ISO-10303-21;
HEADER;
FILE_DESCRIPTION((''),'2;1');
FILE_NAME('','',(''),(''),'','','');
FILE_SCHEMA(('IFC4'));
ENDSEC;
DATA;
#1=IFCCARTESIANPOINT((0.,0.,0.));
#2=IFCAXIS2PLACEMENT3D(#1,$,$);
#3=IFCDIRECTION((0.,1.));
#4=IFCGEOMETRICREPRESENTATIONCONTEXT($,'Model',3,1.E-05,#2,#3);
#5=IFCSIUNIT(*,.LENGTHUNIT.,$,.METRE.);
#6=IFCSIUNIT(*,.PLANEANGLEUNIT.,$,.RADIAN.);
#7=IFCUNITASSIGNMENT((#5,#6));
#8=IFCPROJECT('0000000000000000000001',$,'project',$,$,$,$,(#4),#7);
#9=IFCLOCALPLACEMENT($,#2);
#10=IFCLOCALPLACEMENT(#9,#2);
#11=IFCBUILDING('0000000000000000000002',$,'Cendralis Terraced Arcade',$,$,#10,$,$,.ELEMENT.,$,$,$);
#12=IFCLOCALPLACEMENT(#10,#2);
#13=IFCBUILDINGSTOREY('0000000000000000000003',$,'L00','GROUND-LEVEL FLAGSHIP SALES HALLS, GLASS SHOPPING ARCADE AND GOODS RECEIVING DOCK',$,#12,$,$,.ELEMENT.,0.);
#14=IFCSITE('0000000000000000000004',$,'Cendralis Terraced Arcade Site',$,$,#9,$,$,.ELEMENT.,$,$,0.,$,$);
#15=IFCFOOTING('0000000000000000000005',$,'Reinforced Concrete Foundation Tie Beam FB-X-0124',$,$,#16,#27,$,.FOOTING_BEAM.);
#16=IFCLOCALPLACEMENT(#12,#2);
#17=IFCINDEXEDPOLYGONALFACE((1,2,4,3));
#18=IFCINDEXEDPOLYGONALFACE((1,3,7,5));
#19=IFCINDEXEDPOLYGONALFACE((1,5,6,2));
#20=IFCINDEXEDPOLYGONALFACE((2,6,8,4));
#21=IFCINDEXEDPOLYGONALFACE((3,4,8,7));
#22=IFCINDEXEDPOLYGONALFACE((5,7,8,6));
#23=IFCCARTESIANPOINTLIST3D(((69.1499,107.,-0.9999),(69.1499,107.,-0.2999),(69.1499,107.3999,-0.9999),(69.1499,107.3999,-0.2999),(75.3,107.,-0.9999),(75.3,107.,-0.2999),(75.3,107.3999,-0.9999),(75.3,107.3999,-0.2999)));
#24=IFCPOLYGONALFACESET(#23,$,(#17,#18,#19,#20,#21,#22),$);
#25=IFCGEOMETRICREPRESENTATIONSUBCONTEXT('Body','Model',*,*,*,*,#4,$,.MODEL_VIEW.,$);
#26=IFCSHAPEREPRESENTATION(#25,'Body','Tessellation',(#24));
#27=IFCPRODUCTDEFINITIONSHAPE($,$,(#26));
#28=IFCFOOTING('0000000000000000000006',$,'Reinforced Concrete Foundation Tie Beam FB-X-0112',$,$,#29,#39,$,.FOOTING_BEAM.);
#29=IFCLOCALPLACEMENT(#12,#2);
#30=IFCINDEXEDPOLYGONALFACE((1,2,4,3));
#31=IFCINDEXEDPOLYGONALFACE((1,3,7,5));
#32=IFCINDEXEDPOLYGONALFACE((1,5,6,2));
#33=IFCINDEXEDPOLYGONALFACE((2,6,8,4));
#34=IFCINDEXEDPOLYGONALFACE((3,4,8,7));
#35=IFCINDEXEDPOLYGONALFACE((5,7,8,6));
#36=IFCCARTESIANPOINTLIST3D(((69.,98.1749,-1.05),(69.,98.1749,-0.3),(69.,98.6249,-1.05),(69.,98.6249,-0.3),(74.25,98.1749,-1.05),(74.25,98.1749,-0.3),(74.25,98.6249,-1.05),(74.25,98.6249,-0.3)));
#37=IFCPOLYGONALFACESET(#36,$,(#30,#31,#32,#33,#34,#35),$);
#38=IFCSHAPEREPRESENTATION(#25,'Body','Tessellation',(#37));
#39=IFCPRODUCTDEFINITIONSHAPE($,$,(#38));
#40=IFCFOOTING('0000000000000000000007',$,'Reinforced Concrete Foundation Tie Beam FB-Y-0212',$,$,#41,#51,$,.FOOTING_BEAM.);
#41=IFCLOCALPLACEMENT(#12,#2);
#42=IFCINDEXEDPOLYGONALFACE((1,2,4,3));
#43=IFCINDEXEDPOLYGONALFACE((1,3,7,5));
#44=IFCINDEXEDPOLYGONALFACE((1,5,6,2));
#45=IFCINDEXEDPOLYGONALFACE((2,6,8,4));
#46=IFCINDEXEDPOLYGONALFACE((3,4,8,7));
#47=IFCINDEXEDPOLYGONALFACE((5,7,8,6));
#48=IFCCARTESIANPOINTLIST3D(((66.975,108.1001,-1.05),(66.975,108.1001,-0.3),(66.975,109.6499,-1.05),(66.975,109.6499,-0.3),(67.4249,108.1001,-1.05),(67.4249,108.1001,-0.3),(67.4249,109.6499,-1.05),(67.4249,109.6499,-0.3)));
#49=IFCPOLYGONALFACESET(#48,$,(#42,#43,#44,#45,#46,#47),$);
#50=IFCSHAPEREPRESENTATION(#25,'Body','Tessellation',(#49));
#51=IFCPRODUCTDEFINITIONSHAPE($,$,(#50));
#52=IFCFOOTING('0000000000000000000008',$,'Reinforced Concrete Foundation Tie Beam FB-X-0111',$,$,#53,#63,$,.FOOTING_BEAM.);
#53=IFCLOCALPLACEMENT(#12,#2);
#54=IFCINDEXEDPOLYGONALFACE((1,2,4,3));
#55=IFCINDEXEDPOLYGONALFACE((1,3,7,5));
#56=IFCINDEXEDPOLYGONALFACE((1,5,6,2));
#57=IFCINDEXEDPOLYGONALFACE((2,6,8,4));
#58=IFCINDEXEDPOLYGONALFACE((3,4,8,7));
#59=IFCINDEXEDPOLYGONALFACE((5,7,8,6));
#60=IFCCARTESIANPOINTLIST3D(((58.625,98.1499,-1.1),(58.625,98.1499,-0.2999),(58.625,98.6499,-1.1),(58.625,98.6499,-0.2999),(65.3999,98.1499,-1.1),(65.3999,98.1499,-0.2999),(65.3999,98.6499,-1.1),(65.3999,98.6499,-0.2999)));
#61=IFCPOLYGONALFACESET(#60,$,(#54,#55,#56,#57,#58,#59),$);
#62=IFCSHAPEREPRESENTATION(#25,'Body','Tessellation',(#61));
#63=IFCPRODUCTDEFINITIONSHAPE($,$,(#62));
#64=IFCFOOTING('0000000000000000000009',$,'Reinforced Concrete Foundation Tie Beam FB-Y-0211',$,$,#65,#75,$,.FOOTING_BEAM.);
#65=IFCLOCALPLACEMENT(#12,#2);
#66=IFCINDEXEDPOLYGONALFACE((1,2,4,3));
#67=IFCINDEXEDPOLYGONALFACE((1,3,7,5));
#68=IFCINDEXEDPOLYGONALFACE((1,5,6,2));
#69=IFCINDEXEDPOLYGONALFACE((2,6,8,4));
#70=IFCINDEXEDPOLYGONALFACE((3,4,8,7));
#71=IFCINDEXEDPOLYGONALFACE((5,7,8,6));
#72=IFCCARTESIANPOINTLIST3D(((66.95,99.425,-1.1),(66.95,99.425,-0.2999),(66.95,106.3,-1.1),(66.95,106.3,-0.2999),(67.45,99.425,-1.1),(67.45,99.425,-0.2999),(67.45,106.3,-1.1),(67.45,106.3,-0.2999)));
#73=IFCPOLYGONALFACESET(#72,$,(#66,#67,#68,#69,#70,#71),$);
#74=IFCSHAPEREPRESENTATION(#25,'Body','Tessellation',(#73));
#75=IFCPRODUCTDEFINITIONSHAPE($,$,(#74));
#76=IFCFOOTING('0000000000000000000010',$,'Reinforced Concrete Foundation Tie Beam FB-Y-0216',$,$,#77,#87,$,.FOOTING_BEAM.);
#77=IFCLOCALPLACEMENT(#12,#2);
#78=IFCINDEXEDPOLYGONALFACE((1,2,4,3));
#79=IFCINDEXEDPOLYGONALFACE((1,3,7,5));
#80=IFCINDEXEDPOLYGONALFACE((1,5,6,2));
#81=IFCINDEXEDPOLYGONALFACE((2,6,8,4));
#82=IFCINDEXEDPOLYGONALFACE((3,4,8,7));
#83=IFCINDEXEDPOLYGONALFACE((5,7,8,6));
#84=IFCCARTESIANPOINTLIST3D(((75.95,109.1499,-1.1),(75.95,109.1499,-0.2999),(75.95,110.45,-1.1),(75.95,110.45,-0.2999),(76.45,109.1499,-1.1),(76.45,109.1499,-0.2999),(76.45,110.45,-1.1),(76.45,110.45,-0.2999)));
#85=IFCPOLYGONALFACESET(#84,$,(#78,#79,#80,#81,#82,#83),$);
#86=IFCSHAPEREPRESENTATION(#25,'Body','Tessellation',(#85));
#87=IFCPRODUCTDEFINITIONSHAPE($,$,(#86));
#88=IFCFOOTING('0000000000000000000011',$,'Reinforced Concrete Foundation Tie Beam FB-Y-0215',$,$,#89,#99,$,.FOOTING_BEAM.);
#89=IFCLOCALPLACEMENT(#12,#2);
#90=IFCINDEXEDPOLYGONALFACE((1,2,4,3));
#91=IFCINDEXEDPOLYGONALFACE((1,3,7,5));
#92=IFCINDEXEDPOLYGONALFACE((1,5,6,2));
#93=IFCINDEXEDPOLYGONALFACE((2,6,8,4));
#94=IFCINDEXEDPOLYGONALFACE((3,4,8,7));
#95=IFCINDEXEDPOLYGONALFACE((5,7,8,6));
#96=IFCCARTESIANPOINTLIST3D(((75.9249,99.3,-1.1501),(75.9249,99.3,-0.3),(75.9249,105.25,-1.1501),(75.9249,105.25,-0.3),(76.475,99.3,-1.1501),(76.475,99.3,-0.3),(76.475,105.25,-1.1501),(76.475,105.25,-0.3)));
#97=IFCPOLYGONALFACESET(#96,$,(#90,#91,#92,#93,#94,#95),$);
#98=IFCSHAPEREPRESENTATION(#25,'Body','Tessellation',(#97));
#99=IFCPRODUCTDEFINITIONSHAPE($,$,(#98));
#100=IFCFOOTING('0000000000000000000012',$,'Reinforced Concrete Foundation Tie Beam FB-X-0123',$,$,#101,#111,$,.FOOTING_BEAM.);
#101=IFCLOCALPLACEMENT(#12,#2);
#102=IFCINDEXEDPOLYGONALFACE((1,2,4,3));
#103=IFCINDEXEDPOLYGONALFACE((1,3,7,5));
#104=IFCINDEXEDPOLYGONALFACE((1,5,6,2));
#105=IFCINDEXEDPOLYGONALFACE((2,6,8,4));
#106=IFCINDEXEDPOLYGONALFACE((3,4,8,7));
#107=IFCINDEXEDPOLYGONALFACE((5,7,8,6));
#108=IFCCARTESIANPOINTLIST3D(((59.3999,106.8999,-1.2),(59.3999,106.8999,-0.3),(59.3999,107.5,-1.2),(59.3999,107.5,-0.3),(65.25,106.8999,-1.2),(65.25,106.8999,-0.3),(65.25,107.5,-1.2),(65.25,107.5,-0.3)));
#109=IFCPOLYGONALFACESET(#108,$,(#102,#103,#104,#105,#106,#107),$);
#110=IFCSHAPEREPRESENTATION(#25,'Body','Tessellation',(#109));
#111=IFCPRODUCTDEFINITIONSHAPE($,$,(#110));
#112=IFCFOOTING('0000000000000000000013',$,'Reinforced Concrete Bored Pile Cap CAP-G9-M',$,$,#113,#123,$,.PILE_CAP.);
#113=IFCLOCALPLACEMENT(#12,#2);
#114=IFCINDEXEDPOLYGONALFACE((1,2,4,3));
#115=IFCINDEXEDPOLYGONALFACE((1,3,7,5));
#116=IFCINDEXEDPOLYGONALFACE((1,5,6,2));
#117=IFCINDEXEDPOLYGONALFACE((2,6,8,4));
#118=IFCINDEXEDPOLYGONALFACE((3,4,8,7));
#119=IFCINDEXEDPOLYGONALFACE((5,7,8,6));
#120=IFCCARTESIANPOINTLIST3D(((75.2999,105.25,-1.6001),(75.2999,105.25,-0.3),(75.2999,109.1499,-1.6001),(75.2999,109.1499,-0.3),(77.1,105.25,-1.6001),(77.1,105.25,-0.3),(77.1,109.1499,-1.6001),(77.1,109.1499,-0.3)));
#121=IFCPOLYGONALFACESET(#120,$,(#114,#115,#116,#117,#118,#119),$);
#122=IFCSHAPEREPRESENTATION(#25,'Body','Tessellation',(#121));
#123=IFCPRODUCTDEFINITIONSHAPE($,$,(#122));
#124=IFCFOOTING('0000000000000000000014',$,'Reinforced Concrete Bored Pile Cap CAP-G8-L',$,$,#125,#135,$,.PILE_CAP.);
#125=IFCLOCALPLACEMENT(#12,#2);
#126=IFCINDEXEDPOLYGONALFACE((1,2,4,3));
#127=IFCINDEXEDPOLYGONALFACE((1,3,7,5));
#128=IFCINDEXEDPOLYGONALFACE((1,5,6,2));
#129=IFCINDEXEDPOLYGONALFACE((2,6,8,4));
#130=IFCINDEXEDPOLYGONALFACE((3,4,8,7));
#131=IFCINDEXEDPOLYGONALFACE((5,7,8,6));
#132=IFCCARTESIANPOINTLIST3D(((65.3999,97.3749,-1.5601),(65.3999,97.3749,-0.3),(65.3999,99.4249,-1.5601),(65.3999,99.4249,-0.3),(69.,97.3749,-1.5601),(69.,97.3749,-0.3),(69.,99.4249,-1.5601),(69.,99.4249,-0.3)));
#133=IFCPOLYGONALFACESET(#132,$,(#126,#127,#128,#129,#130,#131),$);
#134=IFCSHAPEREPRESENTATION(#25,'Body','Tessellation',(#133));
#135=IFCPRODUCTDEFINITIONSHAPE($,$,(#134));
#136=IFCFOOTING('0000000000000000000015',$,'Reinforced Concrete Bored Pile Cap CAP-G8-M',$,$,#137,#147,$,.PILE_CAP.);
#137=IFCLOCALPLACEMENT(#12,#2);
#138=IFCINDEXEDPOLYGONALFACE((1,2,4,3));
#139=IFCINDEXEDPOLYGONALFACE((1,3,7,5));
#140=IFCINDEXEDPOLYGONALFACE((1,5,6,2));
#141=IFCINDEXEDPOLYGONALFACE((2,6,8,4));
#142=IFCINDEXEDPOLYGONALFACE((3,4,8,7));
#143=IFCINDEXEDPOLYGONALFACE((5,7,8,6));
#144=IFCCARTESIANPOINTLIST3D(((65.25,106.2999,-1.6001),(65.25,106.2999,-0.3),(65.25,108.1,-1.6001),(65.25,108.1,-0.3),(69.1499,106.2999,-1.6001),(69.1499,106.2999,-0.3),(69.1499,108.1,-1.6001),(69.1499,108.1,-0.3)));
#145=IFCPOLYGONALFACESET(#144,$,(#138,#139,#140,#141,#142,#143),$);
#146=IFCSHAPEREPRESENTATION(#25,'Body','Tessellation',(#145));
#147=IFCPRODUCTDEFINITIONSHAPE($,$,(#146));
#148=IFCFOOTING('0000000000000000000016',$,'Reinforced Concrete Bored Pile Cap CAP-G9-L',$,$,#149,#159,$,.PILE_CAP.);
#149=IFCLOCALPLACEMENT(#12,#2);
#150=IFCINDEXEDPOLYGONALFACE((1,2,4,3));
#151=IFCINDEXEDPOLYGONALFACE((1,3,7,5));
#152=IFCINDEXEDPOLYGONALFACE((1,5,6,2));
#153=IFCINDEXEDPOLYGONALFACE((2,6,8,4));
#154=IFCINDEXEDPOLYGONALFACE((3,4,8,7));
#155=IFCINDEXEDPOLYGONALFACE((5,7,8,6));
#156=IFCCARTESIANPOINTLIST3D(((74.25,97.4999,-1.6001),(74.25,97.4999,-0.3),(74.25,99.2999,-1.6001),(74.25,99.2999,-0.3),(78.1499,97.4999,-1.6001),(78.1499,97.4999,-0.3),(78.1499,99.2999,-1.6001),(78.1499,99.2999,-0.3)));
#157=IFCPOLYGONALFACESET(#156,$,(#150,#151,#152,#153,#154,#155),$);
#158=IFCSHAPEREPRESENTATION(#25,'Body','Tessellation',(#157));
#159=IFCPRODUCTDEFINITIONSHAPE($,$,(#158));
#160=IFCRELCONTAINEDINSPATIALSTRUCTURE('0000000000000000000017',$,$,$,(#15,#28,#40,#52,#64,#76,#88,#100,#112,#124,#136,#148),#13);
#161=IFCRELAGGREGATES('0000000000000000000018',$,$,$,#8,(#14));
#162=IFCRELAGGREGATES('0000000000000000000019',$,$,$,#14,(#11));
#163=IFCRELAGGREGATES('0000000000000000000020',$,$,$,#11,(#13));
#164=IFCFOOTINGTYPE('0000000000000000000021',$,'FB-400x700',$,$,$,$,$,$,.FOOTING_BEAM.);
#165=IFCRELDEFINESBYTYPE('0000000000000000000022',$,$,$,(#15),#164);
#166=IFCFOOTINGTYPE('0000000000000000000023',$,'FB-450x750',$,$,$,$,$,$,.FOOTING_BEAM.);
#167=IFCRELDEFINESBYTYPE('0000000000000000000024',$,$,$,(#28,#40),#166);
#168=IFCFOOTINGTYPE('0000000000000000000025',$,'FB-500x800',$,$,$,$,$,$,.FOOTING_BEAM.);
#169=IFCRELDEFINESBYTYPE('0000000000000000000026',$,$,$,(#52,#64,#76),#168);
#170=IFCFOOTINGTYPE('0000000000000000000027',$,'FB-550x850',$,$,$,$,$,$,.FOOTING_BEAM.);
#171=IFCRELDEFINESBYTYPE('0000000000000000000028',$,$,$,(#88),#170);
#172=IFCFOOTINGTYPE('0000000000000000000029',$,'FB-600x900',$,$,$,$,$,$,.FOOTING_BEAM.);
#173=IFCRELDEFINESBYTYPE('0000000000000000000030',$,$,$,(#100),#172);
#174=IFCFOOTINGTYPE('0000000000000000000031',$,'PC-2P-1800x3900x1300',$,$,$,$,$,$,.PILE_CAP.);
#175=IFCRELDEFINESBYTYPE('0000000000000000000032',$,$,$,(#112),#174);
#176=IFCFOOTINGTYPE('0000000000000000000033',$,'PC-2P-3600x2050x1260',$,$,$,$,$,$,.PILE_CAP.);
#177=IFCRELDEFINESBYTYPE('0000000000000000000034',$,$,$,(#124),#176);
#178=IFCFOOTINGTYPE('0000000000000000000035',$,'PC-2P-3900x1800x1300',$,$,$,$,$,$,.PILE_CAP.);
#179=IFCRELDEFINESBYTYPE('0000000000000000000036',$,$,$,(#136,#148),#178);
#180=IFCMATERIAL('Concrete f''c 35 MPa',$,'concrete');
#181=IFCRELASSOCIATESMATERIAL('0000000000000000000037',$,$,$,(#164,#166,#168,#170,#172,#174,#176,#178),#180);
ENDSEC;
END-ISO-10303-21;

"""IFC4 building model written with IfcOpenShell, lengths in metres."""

from ifc_helpers import new_model, si_unit, direction, frame, origin, origin_2d, place, context, subcontext, project, spatial, rectangle, extrude, material, material_profile, profile_set, type_object, element, save


model = new_model("IFC4")

# Units and contexts
model_context = context("Model", 3, precision=1e-05, world=origin(), true_north=direction((0.0, 1.0)))
body_context = subcontext(model_context, "Body", "Model", "MODEL_VIEW")
ifc_project = project(units=[si_unit("LENGTHUNIT", "METRE"), si_unit("PLANEANGLEUNIT", "RADIAN")], contexts=[model_context])

# Site, building, storey
site_placement = place(None, origin())
site = spatial("IfcSite", under=ifc_project, at=site_placement, Name="Cendralis Terraced Arcade Site", CompositionType="ELEMENT", RefElevation=0.0)
building_placement = place(site_placement, origin())
building = spatial("IfcBuilding", under=site, at=building_placement, Name="Cendralis Terraced Arcade", CompositionType="ELEMENT")
storey_placement = place(building_placement, origin())
storey = spatial("IfcBuildingStorey", under=building, at=storey_placement, Name="L00", Description="GROUND-LEVEL FLAGSHIP SALES HALLS, GLASS SHOPPING ARCADE AND GOODS RECEIVING DOCK", CompositionType="ELEMENT", Elevation=0.0)

# Footings
ifc_material_1 = material(Name="Concrete f'c 35 MPa", Category="concrete")
ifc_material_profile_1 = material_profile(ifc_material_1, rectangle(XDim=0.3999, YDim=0.7, at=origin_2d()), Name="FB-400x700", Category="LoadBearing")
ifc_profile_set_1 = profile_set([ifc_material_profile_1], Name="Concrete f'c 35 MPa")
footing_type_1 = type_object("IfcFootingType", Name="FB-400x700", PredefinedType="FOOTING_BEAM", material=ifc_profile_set_1)
footing_1_placement = place(storey_placement, frame((69.1499, 107.2, -0.6499), z_axis=(1.0, 0.0, 0.0), x_axis=(0.0, 1.0, 0.0)))
element("IfcFooting", 1, at=footing_1_placement, inside=storey, type_object=footing_type_1, Name="Reinforced Concrete Foundation Tie Beam FB-X-0124", PredefinedType="FOOTING_BEAM", context=body_context, shape_type="SweptSolid", body=[
    extrude(rectangle(XDim=0.3999, YDim=0.7, at=origin_2d()), origin(), (0.0, 0.0, 1.0), 6.1501),
])
ifc_material_profile_2 = material_profile(ifc_material_1, rectangle(XDim=0.45, YDim=0.75, at=origin_2d()), Name="FB-450x750", Category="LoadBearing")
ifc_profile_set_2 = profile_set([ifc_material_profile_2], Name="Concrete f'c 35 MPa")
footing_type_2 = type_object("IfcFootingType", Name="FB-450x750", PredefinedType="FOOTING_BEAM", material=ifc_profile_set_2)
footing_2_placement = place(storey_placement, frame((69.0, 98.3999, -0.675), z_axis=(1.0, 0.0, 0.0), x_axis=(0.0, 1.0, 0.0)))
element("IfcFooting", 2, at=footing_2_placement, inside=storey, type_object=footing_type_2, Name="Reinforced Concrete Foundation Tie Beam FB-X-0112", PredefinedType="FOOTING_BEAM", context=body_context, shape_type="SweptSolid", body=[
    extrude(rectangle(XDim=0.45, YDim=0.75, at=origin_2d()), origin(), (0.0, 0.0, 1.0), 5.25),
])
footing_3_placement = place(storey_placement, frame((67.2, 108.1001, -0.675), z_axis=(0.0, 1.0, 0.0), x_axis=(-1.0, 0.0, 0.0)))
element("IfcFooting", 3, at=footing_3_placement, inside=storey, type_object=footing_type_2, Name="Reinforced Concrete Foundation Tie Beam FB-Y-0212", PredefinedType="FOOTING_BEAM", context=body_context, shape_type="SweptSolid", body=[
    extrude(rectangle(XDim=0.45, YDim=0.75, at=origin_2d()), origin(), (0.0, 0.0, 1.0), 1.5498),
])
ifc_material_profile_3 = material_profile(ifc_material_1, rectangle(XDim=0.5, YDim=0.8, at=origin_2d()), Name="FB-500x800", Category="LoadBearing")
ifc_profile_set_3 = profile_set([ifc_material_profile_3], Name="Concrete f'c 35 MPa")
footing_type_3 = type_object("IfcFootingType", Name="FB-500x800", PredefinedType="FOOTING_BEAM", material=ifc_profile_set_3)
footing_4_placement = place(storey_placement, frame((58.625, 98.3999, -0.7), z_axis=(1.0, 0.0, 0.0), x_axis=(0.0, 1.0, 0.0)))
element("IfcFooting", 4, at=footing_4_placement, inside=storey, type_object=footing_type_3, Name="Reinforced Concrete Foundation Tie Beam FB-X-0111", PredefinedType="FOOTING_BEAM", context=body_context, shape_type="SweptSolid", body=[
    extrude(rectangle(XDim=0.5, YDim=0.8, at=origin_2d()), origin(), (0.0, 0.0, 1.0), 6.7749),
])
footing_5_placement = place(storey_placement, frame((67.2, 99.425, -0.7), z_axis=(0.0, 1.0, 0.0), x_axis=(-1.0, 0.0, 0.0)))
element("IfcFooting", 5, at=footing_5_placement, inside=storey, type_object=footing_type_3, Name="Reinforced Concrete Foundation Tie Beam FB-Y-0211", PredefinedType="FOOTING_BEAM", context=body_context, shape_type="SweptSolid", body=[
    extrude(rectangle(XDim=0.5, YDim=0.8, at=origin_2d()), origin(), (0.0, 0.0, 1.0), 6.875),
])
footing_6_placement = place(storey_placement, frame((76.2, 109.1499, -0.7), z_axis=(0.0, 1.0, 0.0), x_axis=(-1.0, 0.0, 0.0)))
element("IfcFooting", 6, at=footing_6_placement, inside=storey, type_object=footing_type_3, Name="Reinforced Concrete Foundation Tie Beam FB-Y-0216", PredefinedType="FOOTING_BEAM", context=body_context, shape_type="SweptSolid", body=[
    extrude(rectangle(XDim=0.5, YDim=0.8, at=origin_2d()), origin(), (0.0, 0.0, 1.0), 1.3),
])
ifc_material_profile_4 = material_profile(ifc_material_1, rectangle(XDim=0.55, YDim=0.8501, at=origin_2d()), Name="FB-550x850", Category="LoadBearing")
ifc_profile_set_4 = profile_set([ifc_material_profile_4], Name="Concrete f'c 35 MPa")
footing_type_4 = type_object("IfcFootingType", Name="FB-550x850", PredefinedType="FOOTING_BEAM", material=ifc_profile_set_4)
footing_7_placement = place(storey_placement, frame((76.2, 99.3, -0.7251), z_axis=(0.0, 1.0, 0.0), x_axis=(-1.0, 0.0, 0.0)))
element("IfcFooting", 7, at=footing_7_placement, inside=storey, type_object=footing_type_4, Name="Reinforced Concrete Foundation Tie Beam FB-Y-0215", PredefinedType="FOOTING_BEAM", context=body_context, shape_type="SweptSolid", body=[
    extrude(rectangle(XDim=0.55, YDim=0.8501, at=origin_2d()), origin(), (0.0, 0.0, 1.0), 5.95),
])
ifc_material_profile_5 = material_profile(ifc_material_1, rectangle(XDim=0.6001, YDim=0.8999, at=origin_2d()), Name="FB-600x900", Category="LoadBearing")
ifc_profile_set_5 = profile_set([ifc_material_profile_5], Name="Concrete f'c 35 MPa")
footing_type_5 = type_object("IfcFootingType", Name="FB-600x900", PredefinedType="FOOTING_BEAM", material=ifc_profile_set_5)
footing_8_placement = place(storey_placement, frame((59.3999, 107.2, -0.75), z_axis=(1.0, 0.0, 0.0), x_axis=(0.0, 1.0, 0.0)))
element("IfcFooting", 8, at=footing_8_placement, inside=storey, type_object=footing_type_5, Name="Reinforced Concrete Foundation Tie Beam FB-X-0123", PredefinedType="FOOTING_BEAM", context=body_context, shape_type="SweptSolid", body=[
    extrude(rectangle(XDim=0.6001, YDim=0.8999, at=origin_2d()), origin(), (0.0, 0.0, 1.0), 5.8501),
])
footing_type_6 = type_object("IfcFootingType", Name="PC-2P-1800x3900x1300", PredefinedType="PILE_CAP", material=ifc_material_1)
footing_9_placement = place(storey_placement, frame((76.2, 107.2, -1.6001), z_axis=(0.0, 0.0, 1.0), x_axis=(1.0, 0.0, 0.0)))
element("IfcFooting", 9, at=footing_9_placement, inside=storey, type_object=footing_type_6, Name="Reinforced Concrete Bored Pile Cap CAP-G9-M", PredefinedType="PILE_CAP", context=body_context, shape_type="SweptSolid", body=[
    extrude(rectangle(XDim=1.8, YDim=3.8999, at=origin_2d()), origin(), (0.0, 0.0, 1.0), 1.3),
])
footing_type_7 = type_object("IfcFootingType", Name="PC-2P-3600x2050x1260", PredefinedType="PILE_CAP", material=ifc_material_1)
footing_10_placement = place(storey_placement, frame((67.2, 98.3999, -1.5601), z_axis=(0.0, 0.0, 1.0), x_axis=(1.0, 0.0, 0.0)))
element("IfcFooting", 10, at=footing_10_placement, inside=storey, type_object=footing_type_7, Name="Reinforced Concrete Bored Pile Cap CAP-G8-L", PredefinedType="PILE_CAP", context=body_context, shape_type="SweptSolid", body=[
    extrude(rectangle(XDim=3.6001, YDim=2.05, at=origin_2d()), origin(), (0.0, 0.0, 1.0), 1.26),
])
footing_type_8 = type_object("IfcFootingType", Name="PC-2P-3900x1800x1300", PredefinedType="PILE_CAP", material=ifc_material_1)
for number, where, z_axis, x_axis, name in (
    (11, (67.2, 107.2, -1.6001), (0.0, 0.0, 1.0), (1.0, 0.0, 0.0), "Reinforced Concrete Bored Pile Cap CAP-G8-M"),
    (12, (76.2, 98.3999, -1.6001), (0.0, 0.0, 1.0), (1.0, 0.0, 0.0), "Reinforced Concrete Bored Pile Cap CAP-G9-L"),
):
    element("IfcFooting", number, at=place(storey_placement, frame(where, z_axis=z_axis, x_axis=x_axis)), inside=storey, type_object=footing_type_8, Name=name, PredefinedType="PILE_CAP", context=body_context, shape_type="SweptSolid", body=[
        extrude(rectangle(XDim=3.8999, YDim=1.8, at=origin_2d()), origin(), (0.0, 0.0, 1.0), 1.3),
    ])

save(model, "model.ifc")
